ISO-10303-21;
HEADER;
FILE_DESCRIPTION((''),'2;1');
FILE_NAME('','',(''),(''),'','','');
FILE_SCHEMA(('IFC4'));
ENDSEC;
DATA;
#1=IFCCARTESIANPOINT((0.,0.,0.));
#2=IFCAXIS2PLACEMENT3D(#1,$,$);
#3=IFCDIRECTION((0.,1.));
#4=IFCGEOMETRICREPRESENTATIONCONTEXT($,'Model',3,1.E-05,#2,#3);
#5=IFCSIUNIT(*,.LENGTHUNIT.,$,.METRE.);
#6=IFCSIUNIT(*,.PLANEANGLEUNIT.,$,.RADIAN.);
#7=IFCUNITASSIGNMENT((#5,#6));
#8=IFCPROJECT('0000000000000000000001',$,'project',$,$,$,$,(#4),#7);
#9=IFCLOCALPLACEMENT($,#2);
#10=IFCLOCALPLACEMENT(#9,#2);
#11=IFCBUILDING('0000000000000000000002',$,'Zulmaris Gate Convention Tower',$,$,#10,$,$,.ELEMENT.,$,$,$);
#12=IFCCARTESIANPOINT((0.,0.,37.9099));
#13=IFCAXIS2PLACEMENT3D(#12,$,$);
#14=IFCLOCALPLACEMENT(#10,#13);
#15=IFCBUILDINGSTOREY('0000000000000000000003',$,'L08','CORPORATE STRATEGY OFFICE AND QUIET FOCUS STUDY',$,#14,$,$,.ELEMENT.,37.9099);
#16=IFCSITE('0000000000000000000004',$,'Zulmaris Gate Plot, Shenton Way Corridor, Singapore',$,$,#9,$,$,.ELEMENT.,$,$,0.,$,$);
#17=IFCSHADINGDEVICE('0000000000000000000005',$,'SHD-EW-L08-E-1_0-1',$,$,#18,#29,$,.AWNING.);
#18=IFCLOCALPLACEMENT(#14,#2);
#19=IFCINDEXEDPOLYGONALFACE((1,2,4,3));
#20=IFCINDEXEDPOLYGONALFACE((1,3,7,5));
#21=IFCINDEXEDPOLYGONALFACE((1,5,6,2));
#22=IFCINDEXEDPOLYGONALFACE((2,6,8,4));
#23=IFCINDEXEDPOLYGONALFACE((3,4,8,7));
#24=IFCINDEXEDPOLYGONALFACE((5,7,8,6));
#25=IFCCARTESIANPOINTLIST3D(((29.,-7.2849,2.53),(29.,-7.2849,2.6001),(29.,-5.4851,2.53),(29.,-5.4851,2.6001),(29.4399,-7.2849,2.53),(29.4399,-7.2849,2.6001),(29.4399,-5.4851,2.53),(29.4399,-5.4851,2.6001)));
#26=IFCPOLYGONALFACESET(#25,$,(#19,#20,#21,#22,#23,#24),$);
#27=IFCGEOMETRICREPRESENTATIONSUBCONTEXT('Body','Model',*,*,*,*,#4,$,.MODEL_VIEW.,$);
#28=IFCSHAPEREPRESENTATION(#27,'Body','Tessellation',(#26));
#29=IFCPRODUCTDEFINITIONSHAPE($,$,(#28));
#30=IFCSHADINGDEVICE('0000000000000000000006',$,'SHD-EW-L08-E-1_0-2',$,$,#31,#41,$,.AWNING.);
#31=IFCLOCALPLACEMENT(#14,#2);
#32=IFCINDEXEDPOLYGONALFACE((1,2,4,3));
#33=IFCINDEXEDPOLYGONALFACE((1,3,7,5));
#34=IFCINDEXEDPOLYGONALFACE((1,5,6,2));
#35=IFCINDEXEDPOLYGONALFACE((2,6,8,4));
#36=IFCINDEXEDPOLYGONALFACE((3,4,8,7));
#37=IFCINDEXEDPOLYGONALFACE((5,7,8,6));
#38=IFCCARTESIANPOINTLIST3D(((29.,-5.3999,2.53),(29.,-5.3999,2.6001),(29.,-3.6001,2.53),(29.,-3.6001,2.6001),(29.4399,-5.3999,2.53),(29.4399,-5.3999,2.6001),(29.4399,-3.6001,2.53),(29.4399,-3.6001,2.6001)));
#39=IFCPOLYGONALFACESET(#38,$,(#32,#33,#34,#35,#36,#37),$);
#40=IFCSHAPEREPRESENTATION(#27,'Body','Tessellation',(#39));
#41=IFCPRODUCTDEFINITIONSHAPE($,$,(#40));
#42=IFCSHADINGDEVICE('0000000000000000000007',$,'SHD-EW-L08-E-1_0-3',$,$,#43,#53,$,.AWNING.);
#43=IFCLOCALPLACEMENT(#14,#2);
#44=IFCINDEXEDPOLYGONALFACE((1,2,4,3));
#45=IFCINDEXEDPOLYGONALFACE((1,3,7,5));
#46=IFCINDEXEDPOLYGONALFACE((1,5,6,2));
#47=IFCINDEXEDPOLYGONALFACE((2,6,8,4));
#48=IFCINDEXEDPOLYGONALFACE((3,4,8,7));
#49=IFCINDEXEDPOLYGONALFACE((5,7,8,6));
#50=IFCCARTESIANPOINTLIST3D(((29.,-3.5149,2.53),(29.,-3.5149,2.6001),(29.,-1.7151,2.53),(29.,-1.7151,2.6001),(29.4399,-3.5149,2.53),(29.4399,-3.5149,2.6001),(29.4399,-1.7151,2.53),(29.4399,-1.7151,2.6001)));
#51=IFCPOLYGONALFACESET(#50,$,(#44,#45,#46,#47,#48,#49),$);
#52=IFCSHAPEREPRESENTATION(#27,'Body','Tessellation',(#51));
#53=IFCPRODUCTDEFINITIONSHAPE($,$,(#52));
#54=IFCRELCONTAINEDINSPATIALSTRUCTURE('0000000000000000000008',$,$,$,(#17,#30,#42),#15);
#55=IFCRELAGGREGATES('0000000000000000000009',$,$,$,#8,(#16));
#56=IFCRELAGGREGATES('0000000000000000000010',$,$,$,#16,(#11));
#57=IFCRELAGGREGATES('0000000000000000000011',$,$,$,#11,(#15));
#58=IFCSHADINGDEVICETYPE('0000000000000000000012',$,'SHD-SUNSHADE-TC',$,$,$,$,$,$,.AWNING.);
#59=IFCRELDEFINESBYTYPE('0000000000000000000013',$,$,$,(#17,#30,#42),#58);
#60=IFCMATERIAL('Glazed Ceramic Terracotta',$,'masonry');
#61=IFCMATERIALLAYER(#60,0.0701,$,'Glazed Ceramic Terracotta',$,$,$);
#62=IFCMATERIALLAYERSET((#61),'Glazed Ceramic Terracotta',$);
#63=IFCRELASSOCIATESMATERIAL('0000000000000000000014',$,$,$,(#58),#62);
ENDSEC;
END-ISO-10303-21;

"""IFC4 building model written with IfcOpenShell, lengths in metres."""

from ifc_helpers import new_model, si_unit, direction, frame, frame_2d, origin, place, context, subcontext, project, spatial, rectangle, extrude, material, layer, layer_set, type_object, element, save


model = new_model("IFC4")

# Units and contexts
model_context = context("Model", 3, precision=1e-05, world=origin(), true_north=direction((0.0, 1.0)))
body_context = subcontext(model_context, "Body", "Model", "MODEL_VIEW")
ifc_project = project(units=[si_unit("LENGTHUNIT", "METRE"), si_unit("PLANEANGLEUNIT", "RADIAN")], contexts=[model_context])

# Site, building, storey
site_placement = place(None, origin())
site = spatial("IfcSite", under=ifc_project, at=site_placement, Name="Zulmaris Gate Plot, Shenton Way Corridor, Singapore", CompositionType="ELEMENT", RefElevation=0.0)
building_placement = place(site_placement, origin())
building = spatial("IfcBuilding", under=site, at=building_placement, Name="Zulmaris Gate Convention Tower", CompositionType="ELEMENT")
storey_placement = place(building_placement, frame((0.0, 0.0, 37.9099)))
storey = spatial("IfcBuildingStorey", under=building, at=storey_placement, Name="L08", Description="CORPORATE STRATEGY OFFICE AND QUIET FOCUS STUDY", CompositionType="ELEMENT", Elevation=37.9099)

# Shading devices
ifc_material_1 = material(Name="Glazed Ceramic Terracotta", Category="masonry")
ifc_layer_1 = layer(ifc_material_1, 0.0701, Name="Glazed Ceramic Terracotta")
ifc_layer_set_1 = layer_set([ifc_layer_1], Name="Glazed Ceramic Terracotta")
shading_device_type = type_object("IfcShadingDeviceType", Name="SHD-SUNSHADE-TC", PredefinedType="AWNING", material=ifc_layer_set_1)
for number, where, z_axis, x_axis, name in (
    (1, (29.22, -7.2849, 2.53), (0.0, 0.0, 1.0), (0.0, 1.0, 0.0), "SHD-EW-L08-E-1_0-1"),
    (2, (29.22, -5.3999, 2.53), (0.0, 0.0, 1.0), (0.0, 1.0, 0.0), "SHD-EW-L08-E-1_0-2"),
    (3, (29.22, -3.5149, 2.53), (0.0, 0.0, 1.0), (0.0, 1.0, 0.0), "SHD-EW-L08-E-1_0-3"),
):
    element("IfcShadingDevice", number, at=place(storey_placement, frame(where, z_axis=z_axis, x_axis=x_axis)), inside=storey, type_object=shading_device_type, Name=name, PredefinedType="AWNING", context=body_context, shape_type="SweptSolid", body=[
        extrude(rectangle(XDim=1.7998, YDim=0.4399, at=frame_2d((0.8999, 0.0))), origin(), (0.0, 0.0, 1.0), 0.0701),
    ])

save(model, "model.ifc")
